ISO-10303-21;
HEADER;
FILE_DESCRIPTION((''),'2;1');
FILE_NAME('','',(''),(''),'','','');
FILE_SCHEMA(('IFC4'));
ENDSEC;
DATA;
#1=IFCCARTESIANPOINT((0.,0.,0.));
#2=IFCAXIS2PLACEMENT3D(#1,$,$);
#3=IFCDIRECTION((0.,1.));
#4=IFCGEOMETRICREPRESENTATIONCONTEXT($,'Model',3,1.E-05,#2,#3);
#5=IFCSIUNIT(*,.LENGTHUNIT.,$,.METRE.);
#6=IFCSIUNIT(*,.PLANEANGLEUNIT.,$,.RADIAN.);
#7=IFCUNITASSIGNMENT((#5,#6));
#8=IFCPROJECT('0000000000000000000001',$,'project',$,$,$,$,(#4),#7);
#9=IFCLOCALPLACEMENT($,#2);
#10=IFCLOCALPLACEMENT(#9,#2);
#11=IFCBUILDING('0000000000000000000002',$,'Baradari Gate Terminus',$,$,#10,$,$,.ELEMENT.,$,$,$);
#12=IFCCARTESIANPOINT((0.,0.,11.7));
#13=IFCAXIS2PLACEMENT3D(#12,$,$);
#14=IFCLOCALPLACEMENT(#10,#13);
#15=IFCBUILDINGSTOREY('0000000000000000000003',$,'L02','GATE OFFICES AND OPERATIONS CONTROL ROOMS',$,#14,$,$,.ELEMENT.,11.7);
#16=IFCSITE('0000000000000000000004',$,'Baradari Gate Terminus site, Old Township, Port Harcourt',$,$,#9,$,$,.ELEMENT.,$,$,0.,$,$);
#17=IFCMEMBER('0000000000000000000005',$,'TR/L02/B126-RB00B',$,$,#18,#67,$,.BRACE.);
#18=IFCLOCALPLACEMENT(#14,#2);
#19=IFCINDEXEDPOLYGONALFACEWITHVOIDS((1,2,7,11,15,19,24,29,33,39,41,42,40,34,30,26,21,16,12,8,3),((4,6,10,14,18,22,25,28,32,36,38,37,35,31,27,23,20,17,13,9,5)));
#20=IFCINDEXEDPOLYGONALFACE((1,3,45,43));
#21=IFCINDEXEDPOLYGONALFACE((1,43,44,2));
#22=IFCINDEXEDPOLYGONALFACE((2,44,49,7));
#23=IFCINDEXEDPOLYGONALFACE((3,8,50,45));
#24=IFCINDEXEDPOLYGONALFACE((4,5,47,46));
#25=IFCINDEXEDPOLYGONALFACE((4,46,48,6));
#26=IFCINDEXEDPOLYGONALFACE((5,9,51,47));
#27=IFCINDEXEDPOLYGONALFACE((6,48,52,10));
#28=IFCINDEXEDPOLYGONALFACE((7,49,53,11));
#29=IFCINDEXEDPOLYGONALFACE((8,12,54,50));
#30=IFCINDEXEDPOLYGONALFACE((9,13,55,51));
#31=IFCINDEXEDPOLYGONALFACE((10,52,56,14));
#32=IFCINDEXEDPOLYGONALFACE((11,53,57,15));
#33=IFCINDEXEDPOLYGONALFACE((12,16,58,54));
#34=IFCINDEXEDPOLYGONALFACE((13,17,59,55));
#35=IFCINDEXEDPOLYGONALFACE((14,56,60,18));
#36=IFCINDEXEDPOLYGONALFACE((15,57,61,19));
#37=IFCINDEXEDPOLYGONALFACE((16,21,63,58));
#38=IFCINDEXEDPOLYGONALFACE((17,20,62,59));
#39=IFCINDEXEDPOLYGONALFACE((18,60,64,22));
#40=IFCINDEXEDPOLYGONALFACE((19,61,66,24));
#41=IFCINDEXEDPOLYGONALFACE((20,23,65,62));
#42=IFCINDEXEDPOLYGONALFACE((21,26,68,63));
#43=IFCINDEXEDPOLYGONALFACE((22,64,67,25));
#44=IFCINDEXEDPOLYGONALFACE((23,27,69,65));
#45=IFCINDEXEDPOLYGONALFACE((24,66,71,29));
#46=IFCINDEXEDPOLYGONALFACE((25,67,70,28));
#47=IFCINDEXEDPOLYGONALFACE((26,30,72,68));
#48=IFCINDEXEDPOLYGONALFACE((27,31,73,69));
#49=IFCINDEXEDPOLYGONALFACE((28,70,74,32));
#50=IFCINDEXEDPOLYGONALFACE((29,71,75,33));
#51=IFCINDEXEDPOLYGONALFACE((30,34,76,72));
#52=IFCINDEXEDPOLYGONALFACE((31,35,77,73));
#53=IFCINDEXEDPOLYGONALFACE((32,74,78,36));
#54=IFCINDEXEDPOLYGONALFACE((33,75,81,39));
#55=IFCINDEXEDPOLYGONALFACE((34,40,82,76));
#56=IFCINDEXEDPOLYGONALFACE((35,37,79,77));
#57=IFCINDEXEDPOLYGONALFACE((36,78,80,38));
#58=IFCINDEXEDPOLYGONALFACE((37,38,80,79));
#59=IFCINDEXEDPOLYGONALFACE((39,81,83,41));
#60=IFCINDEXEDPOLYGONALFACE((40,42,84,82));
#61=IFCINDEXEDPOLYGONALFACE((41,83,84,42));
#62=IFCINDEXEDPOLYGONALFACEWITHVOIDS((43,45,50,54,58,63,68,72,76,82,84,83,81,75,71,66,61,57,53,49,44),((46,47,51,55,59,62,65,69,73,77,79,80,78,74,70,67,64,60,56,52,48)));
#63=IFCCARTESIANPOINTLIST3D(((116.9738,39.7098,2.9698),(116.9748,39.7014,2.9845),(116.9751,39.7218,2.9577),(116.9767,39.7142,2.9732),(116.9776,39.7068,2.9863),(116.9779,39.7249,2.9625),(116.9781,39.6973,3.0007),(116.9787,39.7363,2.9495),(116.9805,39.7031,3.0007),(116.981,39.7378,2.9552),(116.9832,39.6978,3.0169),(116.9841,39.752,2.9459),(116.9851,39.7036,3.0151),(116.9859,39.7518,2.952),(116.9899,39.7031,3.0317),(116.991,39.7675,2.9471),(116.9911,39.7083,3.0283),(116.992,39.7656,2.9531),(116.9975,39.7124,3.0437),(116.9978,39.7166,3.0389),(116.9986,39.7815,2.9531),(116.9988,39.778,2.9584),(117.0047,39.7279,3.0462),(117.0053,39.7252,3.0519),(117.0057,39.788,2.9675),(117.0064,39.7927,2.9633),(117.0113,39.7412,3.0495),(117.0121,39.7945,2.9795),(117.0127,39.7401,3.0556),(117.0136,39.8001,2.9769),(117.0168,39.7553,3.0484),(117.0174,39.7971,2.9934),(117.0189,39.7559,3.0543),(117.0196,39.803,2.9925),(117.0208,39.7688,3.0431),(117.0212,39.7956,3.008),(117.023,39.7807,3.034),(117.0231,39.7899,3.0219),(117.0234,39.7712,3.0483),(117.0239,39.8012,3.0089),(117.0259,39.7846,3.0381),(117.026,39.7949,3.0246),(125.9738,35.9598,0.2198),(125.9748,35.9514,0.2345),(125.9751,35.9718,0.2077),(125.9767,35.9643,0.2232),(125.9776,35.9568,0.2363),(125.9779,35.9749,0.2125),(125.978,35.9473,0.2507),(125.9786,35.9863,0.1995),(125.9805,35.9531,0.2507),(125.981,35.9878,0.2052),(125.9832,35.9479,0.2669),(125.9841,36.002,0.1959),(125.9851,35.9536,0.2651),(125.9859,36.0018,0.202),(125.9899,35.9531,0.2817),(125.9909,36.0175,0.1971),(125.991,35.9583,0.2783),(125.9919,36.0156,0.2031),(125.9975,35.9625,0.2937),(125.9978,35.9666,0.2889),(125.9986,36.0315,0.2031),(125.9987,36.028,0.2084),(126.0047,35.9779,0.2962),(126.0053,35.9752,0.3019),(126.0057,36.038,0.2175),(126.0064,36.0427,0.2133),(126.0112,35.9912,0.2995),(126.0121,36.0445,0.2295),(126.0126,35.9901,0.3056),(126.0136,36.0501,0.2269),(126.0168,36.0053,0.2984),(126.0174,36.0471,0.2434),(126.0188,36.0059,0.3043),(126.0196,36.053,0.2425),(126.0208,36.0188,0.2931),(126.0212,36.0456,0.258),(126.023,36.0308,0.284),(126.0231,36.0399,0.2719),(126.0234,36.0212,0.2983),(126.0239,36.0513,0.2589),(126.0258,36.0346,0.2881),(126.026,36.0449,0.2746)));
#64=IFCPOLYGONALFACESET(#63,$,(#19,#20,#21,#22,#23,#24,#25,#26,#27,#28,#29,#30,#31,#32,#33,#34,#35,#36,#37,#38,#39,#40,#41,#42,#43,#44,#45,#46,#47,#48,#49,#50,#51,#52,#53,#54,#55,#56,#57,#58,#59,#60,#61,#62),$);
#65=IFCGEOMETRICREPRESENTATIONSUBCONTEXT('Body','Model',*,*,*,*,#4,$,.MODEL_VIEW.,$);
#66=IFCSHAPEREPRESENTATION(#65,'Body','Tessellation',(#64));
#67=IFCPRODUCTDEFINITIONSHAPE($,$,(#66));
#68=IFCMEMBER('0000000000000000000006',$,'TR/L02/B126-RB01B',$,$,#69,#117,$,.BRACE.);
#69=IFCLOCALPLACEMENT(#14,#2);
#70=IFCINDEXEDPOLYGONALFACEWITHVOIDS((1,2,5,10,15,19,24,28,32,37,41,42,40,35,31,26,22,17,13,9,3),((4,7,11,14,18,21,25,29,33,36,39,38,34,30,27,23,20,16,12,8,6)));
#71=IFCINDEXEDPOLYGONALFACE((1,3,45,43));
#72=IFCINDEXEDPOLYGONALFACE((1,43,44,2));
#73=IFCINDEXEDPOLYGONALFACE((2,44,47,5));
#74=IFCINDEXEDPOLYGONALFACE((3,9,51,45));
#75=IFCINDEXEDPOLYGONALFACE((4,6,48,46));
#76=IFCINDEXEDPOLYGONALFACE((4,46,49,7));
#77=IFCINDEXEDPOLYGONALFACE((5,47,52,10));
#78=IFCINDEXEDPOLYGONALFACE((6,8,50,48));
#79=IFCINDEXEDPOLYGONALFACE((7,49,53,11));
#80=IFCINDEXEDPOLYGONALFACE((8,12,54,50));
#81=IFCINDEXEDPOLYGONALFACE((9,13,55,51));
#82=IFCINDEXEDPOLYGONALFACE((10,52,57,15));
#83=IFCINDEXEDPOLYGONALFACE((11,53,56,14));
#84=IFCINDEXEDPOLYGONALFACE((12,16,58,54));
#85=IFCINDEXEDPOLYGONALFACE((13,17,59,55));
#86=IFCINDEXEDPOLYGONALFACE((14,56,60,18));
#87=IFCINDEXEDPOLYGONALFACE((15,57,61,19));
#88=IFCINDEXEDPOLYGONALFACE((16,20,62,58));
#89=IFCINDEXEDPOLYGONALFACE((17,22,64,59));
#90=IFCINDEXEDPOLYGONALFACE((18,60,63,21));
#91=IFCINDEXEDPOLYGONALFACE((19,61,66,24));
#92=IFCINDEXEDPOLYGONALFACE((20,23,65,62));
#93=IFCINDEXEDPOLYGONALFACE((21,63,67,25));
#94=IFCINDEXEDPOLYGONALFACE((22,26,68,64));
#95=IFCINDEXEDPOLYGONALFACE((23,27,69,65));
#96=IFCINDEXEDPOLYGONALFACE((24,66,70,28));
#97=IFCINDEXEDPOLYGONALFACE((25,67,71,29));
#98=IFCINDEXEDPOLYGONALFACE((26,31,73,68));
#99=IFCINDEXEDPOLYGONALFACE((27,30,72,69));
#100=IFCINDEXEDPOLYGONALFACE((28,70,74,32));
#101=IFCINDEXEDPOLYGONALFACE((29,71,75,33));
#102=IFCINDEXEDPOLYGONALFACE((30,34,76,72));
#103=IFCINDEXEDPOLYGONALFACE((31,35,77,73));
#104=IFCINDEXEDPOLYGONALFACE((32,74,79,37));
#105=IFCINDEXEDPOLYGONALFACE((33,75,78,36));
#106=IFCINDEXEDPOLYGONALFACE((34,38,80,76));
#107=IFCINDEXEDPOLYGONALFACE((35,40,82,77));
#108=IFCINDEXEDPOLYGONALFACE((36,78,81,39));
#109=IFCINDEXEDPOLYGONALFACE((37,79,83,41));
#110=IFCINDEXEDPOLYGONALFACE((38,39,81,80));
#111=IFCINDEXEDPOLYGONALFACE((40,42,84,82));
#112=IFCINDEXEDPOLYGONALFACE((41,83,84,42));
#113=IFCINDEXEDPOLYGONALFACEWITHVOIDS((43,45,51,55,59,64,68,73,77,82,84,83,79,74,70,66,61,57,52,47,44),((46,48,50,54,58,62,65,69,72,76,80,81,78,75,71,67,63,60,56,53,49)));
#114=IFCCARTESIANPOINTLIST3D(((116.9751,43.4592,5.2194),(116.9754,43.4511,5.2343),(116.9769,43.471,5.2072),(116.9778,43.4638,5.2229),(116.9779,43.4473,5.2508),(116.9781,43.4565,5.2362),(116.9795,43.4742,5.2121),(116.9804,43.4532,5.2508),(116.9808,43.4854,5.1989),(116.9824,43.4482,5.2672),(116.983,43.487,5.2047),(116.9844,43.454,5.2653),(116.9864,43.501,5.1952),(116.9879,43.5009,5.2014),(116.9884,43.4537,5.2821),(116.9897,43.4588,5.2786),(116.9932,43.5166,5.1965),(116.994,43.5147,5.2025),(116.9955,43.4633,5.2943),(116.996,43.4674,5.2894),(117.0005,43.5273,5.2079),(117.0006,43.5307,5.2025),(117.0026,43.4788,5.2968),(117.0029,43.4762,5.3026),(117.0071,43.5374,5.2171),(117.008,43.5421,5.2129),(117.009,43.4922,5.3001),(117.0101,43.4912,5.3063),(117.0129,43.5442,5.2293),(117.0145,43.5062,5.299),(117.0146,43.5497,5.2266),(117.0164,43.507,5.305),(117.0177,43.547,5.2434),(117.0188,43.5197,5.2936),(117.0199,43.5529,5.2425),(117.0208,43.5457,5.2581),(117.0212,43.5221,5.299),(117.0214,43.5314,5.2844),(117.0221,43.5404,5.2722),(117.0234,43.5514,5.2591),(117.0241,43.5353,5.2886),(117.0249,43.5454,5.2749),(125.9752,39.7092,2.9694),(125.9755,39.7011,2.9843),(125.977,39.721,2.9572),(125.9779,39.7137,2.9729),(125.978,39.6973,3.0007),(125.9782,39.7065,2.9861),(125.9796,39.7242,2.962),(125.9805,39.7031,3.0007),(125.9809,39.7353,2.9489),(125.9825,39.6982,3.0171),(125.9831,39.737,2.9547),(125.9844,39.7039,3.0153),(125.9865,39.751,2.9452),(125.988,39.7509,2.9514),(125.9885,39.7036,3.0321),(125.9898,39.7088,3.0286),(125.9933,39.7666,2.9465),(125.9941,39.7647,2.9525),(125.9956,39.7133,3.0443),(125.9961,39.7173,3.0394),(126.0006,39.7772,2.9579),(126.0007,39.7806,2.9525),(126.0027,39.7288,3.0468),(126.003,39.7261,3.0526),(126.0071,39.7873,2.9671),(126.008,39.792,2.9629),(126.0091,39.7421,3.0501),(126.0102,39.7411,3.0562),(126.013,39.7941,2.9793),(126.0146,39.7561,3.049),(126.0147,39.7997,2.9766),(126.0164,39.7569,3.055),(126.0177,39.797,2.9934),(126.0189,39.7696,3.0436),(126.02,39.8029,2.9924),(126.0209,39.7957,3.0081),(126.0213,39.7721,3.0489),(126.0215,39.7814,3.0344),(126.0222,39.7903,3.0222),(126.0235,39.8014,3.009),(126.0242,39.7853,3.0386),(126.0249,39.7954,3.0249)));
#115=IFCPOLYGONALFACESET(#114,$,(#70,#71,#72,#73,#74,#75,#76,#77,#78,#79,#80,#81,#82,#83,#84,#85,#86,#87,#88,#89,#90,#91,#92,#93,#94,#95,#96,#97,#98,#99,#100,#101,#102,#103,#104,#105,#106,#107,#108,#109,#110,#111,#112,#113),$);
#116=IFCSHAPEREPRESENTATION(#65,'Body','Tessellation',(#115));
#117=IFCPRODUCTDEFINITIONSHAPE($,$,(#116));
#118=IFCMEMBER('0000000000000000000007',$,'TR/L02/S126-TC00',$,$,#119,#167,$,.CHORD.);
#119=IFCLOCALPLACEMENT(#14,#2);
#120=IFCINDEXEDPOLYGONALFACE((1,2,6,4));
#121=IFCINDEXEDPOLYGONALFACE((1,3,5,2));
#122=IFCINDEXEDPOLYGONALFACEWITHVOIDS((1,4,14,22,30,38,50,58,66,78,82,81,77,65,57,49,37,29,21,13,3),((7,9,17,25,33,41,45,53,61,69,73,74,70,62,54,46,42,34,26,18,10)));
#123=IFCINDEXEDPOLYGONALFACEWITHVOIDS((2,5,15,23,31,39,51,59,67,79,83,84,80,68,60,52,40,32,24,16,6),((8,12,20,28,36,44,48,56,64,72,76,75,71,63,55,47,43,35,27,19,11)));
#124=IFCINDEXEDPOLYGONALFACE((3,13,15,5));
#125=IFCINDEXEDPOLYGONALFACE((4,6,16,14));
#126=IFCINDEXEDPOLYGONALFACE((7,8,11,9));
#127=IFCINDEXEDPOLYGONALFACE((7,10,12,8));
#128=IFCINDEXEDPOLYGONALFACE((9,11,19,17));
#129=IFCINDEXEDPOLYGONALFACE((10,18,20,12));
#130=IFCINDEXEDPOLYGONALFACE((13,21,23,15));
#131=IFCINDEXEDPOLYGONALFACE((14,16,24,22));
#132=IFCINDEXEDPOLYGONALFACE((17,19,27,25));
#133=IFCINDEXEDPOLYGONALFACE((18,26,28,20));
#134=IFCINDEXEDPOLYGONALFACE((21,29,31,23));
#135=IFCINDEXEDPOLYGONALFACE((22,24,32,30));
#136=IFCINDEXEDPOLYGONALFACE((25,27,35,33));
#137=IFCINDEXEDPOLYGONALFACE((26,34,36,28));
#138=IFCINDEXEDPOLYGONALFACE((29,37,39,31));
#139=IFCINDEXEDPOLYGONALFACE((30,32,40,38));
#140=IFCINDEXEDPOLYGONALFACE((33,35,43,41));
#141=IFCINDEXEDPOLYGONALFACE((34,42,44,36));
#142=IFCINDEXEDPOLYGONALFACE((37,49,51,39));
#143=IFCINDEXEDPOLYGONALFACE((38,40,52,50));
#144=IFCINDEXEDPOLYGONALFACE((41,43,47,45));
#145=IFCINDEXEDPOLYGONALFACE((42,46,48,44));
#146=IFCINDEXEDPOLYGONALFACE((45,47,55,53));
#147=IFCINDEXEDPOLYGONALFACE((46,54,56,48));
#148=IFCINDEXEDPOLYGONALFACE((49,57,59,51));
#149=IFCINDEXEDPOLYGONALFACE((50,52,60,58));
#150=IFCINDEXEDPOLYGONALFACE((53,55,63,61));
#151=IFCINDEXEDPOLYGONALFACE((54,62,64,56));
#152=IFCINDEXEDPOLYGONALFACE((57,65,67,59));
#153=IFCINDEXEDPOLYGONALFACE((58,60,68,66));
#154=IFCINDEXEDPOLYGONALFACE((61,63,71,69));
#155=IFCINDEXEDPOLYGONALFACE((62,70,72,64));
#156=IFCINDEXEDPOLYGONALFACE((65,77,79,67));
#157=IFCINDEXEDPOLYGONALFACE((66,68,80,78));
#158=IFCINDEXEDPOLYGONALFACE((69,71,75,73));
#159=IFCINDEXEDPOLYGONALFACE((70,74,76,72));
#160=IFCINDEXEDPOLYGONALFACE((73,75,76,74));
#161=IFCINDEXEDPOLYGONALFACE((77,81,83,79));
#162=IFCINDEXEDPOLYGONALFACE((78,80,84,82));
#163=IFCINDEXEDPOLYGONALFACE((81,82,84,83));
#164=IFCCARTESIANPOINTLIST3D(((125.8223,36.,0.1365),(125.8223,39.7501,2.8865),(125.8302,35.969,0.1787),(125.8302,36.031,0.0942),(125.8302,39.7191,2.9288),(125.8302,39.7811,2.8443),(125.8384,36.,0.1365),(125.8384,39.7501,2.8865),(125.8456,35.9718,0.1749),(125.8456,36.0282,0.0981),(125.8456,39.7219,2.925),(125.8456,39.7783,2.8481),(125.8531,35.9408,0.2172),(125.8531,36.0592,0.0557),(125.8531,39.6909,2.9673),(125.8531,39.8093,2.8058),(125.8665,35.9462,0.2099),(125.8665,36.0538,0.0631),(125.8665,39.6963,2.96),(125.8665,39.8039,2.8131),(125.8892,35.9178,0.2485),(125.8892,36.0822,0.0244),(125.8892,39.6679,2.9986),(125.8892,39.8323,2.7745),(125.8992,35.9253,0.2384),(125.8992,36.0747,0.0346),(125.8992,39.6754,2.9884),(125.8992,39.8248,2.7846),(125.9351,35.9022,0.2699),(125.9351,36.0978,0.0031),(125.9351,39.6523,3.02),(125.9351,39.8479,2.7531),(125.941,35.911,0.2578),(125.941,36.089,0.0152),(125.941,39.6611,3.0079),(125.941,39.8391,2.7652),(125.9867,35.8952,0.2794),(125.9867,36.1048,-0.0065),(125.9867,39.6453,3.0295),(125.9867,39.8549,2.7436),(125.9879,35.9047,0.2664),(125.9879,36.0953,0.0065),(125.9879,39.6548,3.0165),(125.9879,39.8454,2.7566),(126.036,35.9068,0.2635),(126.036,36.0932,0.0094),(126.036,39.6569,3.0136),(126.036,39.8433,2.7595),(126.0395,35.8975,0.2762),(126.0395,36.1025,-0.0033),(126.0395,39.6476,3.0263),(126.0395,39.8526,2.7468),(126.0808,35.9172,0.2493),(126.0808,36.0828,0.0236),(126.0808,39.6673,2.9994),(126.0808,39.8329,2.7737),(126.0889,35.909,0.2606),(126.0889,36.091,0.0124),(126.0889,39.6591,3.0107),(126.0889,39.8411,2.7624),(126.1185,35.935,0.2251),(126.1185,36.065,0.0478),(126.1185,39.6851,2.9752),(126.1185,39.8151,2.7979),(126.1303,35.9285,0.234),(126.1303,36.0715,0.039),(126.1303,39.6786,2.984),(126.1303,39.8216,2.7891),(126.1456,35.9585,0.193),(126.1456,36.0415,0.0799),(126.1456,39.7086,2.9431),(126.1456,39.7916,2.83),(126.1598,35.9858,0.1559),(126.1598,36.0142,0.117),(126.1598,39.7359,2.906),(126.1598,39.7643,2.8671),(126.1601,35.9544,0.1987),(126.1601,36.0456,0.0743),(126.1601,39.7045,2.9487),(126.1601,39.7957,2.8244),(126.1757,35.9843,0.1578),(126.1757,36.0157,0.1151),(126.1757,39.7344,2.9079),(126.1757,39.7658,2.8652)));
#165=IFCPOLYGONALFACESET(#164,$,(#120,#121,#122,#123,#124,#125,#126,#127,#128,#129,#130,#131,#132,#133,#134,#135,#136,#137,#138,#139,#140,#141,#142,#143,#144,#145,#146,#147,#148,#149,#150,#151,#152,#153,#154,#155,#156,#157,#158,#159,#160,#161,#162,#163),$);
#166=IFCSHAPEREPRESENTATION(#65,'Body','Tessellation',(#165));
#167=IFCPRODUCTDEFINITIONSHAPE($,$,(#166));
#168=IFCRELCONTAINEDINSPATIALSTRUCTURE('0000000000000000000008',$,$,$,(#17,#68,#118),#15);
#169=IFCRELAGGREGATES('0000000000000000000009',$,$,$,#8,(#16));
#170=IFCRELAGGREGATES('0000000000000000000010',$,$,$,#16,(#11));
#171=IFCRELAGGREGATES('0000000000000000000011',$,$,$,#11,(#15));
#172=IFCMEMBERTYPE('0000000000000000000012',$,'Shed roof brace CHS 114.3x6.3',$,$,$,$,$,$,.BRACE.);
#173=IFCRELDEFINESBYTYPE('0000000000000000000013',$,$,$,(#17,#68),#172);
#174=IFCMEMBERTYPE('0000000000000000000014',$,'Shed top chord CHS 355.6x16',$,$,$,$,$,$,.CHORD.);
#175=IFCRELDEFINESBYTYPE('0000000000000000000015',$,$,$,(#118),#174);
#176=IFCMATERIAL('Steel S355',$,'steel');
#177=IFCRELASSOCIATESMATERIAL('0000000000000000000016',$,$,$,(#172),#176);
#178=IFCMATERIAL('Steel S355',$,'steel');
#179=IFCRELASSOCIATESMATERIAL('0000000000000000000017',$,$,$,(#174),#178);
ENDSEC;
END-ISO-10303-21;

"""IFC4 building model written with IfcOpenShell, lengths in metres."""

from ifc_helpers import new_model, si_unit, direction, frame, origin, origin_2d, place, context, subcontext, project, spatial, hollow_circle, extrude, material, material_profile, profile_set, type_object, element, save


model = new_model("IFC4")

# Units and contexts
model_context = context("Model", 3, precision=1e-05, world=origin(), true_north=direction((0.0, 1.0)))
body_context = subcontext(model_context, "Body", "Model", "MODEL_VIEW")
ifc_project = project(units=[si_unit("LENGTHUNIT", "METRE"), si_unit("PLANEANGLEUNIT", "RADIAN")], contexts=[model_context])

# Site, building, storey
site_placement = place(None, origin())
site = spatial("IfcSite", under=ifc_project, at=site_placement, Name="Baradari Gate Terminus site, Old Township, Port Harcourt", CompositionType="ELEMENT", RefElevation=0.0)
building_placement = place(site_placement, origin())
building = spatial("IfcBuilding", under=site, at=building_placement, Name="Baradari Gate Terminus", CompositionType="ELEMENT")
storey_placement = place(building_placement, frame((0.0, 0.0, 11.7)))
storey = spatial("IfcBuildingStorey", under=building, at=storey_placement, Name="L02", Description="GATE OFFICES AND OPERATIONS CONTROL ROOMS", CompositionType="ELEMENT", Elevation=11.7)

# Members
ifc_material_1 = material(Name="Steel S355", Category="steel")
ifc_material_profile_1 = material_profile(ifc_material_1, hollow_circle(Radius=0.0571, WallThickness=0.0063, at=origin_2d()), Name="CHS 114.3x6.3")
ifc_profile_set_1 = profile_set([ifc_material_profile_1], Name="Steel S355")
member_type_1 = type_object("IfcMemberType", Name="Shed roof brace CHS 114.3x6.3", PredefinedType="BRACE", material=ifc_profile_set_1)
member_1_placement = place(storey_placement, frame((126.0, 36.0, 0.2507), z_axis=(-0.888415, 0.370173, 0.27146), x_axis=(-0.384615, -0.923077, 0.0)))
element("IfcMember", 1, at=member_1_placement, inside=storey, type_object=member_type_1, Name="TR/L02/B126-RB00B", PredefinedType="BRACE", context=body_context, shape_type="SweptSolid", body=[
    extrude(hollow_circle(Radius=0.0571, WallThickness=0.0063, at=origin_2d()), origin(), (0.0, 0.0, 1.0), 10.1304),
])
member_2_placement = place(storey_placement, frame((126.0, 39.75, 3.0007), z_axis=(-0.899438, 0.374766, 0.22486), x_axis=(-0.384615, -0.923077, 0.0)))
element("IfcMember", 2, at=member_2_placement, inside=storey, type_object=member_type_1, Name="TR/L02/B126-RB01B", PredefinedType="BRACE", context=body_context, shape_type="SweptSolid", body=[
    extrude(hollow_circle(Radius=0.0571, WallThickness=0.0063, at=origin_2d()), origin(), (0.0, 0.0, 1.0), 10.0063),
])
ifc_material_2 = material(Name="Steel S355", Category="steel")
ifc_material_profile_2 = material_profile(ifc_material_2, hollow_circle(Radius=0.1777, WallThickness=0.0161, at=origin_2d()), Name="CHS 355.6x16")
ifc_profile_set_2 = profile_set([ifc_material_profile_2], Name="Steel S355")
member_type_2 = type_object("IfcMemberType", Name="Shed top chord CHS 355.6x16", PredefinedType="CHORD", material=ifc_profile_set_2)
member_3_placement = place(storey_placement, frame((126.0, 36.0, 0.1365), z_axis=(0.0, 0.806405, 0.591364), x_axis=(-1.0, 0.0, 0.0)))
element("IfcMember", 3, at=member_3_placement, inside=storey, type_object=member_type_2, Name="TR/L02/S126-TC00", PredefinedType="CHORD", context=body_context, shape_type="SweptSolid", body=[
    extrude(hollow_circle(Radius=0.1777, WallThickness=0.0161, at=origin_2d()), origin(), (0.0, 0.0, 1.0), 4.6504),
])

save(model, "model.ifc")
